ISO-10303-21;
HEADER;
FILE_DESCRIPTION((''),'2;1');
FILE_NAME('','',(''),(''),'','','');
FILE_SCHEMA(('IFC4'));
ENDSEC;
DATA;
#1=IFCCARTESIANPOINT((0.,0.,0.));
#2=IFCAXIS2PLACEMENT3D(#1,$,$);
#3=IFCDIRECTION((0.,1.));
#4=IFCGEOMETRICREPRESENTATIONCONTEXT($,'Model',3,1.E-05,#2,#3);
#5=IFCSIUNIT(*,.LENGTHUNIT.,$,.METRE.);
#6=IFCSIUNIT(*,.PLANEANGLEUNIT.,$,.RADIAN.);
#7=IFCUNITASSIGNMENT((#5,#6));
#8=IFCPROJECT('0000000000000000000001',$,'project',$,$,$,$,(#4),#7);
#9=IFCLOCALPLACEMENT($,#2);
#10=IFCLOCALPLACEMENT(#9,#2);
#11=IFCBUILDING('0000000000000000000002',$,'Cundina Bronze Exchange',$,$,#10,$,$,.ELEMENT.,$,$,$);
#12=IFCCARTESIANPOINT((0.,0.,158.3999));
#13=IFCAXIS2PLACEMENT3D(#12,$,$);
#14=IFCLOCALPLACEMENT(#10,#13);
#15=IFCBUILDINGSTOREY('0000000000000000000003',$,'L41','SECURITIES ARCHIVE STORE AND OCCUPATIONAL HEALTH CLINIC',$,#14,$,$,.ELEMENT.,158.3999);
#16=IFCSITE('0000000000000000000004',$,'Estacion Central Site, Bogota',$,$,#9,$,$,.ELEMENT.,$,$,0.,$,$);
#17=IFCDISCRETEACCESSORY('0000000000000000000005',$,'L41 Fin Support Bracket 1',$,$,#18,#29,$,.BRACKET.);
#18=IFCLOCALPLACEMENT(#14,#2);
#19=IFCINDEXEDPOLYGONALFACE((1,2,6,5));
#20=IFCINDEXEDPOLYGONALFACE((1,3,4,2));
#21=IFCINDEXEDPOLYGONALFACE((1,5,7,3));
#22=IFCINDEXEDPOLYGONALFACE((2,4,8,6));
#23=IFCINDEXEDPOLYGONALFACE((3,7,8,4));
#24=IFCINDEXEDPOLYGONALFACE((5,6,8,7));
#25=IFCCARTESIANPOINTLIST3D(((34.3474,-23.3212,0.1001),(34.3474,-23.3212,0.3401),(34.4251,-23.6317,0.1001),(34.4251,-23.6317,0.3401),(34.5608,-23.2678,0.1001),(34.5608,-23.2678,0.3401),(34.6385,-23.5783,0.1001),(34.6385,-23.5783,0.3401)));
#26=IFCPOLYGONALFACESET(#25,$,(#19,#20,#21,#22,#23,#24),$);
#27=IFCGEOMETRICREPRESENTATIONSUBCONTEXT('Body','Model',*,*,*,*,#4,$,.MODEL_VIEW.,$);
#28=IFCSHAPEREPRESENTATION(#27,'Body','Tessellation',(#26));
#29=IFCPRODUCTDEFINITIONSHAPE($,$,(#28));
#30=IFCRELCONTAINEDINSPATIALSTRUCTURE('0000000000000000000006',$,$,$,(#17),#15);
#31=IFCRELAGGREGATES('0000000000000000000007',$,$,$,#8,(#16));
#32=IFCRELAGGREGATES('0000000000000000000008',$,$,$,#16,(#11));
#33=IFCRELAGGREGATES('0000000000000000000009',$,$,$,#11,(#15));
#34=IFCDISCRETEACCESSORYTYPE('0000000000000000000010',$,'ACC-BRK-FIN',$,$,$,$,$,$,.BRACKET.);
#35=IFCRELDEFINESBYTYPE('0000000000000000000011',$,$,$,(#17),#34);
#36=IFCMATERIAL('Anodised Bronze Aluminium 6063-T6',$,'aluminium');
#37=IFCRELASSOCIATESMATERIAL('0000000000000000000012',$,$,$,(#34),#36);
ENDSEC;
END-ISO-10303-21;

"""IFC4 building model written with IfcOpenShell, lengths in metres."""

from ifc_helpers import new_model, si_unit, direction, frame, origin, origin_2d, place, context, subcontext, project, spatial, rectangle, extrude, material, type_object, element, save


model = new_model("IFC4")

# Units and contexts
model_context = context("Model", 3, precision=1e-05, world=origin(), true_north=direction((0.0, 1.0)))
body_context = subcontext(model_context, "Body", "Model", "MODEL_VIEW")
ifc_project = project(units=[si_unit("LENGTHUNIT", "METRE"), si_unit("PLANEANGLEUNIT", "RADIAN")], contexts=[model_context])

# Site, building, storey
site_placement = place(None, origin())
site = spatial("IfcSite", under=ifc_project, at=site_placement, Name="Estacion Central Site, Bogota", CompositionType="ELEMENT", RefElevation=0.0)
building_placement = place(site_placement, origin())
building = spatial("IfcBuilding", under=site, at=building_placement, Name="Cundina Bronze Exchange", CompositionType="ELEMENT")
storey_placement = place(building_placement, frame((0.0, 0.0, 158.3999)))
storey = spatial("IfcBuildingStorey", under=building, at=storey_placement, Name="L41", Description="SECURITIES ARCHIVE STORE AND OCCUPATIONAL HEALTH CLINIC", CompositionType="ELEMENT", Elevation=158.3999)

# Shared definitions
ifc_material_1 = material(Name="Anodised Bronze Aluminium 6063-T6", Category="aluminium")

# Discrete accessory
discrete_accessory_type = type_object("IfcDiscreteAccessoryType", Name="ACC-BRK-FIN", PredefinedType="BRACKET", material=ifc_material_1)
discrete_accessory_placement = place(storey_placement, frame((34.4929, -23.4497, 0.1001), z_axis=(0.0, 0.0, 1.0), x_axis=(0.970093, 0.242735, 0.0)))
element("IfcDiscreteAccessory", 1, at=discrete_accessory_placement, inside=storey, type_object=discrete_accessory_type, Name="L41 Fin Support Bracket 1", PredefinedType="BRACKET", context=body_context, shape_type="SweptSolid", body=[
    extrude(rectangle(XDim=0.22, YDim=0.3201, at=origin_2d()), origin(), (0.0, 0.0, 1.0), 0.24),
])

save(model, "model.ifc")
